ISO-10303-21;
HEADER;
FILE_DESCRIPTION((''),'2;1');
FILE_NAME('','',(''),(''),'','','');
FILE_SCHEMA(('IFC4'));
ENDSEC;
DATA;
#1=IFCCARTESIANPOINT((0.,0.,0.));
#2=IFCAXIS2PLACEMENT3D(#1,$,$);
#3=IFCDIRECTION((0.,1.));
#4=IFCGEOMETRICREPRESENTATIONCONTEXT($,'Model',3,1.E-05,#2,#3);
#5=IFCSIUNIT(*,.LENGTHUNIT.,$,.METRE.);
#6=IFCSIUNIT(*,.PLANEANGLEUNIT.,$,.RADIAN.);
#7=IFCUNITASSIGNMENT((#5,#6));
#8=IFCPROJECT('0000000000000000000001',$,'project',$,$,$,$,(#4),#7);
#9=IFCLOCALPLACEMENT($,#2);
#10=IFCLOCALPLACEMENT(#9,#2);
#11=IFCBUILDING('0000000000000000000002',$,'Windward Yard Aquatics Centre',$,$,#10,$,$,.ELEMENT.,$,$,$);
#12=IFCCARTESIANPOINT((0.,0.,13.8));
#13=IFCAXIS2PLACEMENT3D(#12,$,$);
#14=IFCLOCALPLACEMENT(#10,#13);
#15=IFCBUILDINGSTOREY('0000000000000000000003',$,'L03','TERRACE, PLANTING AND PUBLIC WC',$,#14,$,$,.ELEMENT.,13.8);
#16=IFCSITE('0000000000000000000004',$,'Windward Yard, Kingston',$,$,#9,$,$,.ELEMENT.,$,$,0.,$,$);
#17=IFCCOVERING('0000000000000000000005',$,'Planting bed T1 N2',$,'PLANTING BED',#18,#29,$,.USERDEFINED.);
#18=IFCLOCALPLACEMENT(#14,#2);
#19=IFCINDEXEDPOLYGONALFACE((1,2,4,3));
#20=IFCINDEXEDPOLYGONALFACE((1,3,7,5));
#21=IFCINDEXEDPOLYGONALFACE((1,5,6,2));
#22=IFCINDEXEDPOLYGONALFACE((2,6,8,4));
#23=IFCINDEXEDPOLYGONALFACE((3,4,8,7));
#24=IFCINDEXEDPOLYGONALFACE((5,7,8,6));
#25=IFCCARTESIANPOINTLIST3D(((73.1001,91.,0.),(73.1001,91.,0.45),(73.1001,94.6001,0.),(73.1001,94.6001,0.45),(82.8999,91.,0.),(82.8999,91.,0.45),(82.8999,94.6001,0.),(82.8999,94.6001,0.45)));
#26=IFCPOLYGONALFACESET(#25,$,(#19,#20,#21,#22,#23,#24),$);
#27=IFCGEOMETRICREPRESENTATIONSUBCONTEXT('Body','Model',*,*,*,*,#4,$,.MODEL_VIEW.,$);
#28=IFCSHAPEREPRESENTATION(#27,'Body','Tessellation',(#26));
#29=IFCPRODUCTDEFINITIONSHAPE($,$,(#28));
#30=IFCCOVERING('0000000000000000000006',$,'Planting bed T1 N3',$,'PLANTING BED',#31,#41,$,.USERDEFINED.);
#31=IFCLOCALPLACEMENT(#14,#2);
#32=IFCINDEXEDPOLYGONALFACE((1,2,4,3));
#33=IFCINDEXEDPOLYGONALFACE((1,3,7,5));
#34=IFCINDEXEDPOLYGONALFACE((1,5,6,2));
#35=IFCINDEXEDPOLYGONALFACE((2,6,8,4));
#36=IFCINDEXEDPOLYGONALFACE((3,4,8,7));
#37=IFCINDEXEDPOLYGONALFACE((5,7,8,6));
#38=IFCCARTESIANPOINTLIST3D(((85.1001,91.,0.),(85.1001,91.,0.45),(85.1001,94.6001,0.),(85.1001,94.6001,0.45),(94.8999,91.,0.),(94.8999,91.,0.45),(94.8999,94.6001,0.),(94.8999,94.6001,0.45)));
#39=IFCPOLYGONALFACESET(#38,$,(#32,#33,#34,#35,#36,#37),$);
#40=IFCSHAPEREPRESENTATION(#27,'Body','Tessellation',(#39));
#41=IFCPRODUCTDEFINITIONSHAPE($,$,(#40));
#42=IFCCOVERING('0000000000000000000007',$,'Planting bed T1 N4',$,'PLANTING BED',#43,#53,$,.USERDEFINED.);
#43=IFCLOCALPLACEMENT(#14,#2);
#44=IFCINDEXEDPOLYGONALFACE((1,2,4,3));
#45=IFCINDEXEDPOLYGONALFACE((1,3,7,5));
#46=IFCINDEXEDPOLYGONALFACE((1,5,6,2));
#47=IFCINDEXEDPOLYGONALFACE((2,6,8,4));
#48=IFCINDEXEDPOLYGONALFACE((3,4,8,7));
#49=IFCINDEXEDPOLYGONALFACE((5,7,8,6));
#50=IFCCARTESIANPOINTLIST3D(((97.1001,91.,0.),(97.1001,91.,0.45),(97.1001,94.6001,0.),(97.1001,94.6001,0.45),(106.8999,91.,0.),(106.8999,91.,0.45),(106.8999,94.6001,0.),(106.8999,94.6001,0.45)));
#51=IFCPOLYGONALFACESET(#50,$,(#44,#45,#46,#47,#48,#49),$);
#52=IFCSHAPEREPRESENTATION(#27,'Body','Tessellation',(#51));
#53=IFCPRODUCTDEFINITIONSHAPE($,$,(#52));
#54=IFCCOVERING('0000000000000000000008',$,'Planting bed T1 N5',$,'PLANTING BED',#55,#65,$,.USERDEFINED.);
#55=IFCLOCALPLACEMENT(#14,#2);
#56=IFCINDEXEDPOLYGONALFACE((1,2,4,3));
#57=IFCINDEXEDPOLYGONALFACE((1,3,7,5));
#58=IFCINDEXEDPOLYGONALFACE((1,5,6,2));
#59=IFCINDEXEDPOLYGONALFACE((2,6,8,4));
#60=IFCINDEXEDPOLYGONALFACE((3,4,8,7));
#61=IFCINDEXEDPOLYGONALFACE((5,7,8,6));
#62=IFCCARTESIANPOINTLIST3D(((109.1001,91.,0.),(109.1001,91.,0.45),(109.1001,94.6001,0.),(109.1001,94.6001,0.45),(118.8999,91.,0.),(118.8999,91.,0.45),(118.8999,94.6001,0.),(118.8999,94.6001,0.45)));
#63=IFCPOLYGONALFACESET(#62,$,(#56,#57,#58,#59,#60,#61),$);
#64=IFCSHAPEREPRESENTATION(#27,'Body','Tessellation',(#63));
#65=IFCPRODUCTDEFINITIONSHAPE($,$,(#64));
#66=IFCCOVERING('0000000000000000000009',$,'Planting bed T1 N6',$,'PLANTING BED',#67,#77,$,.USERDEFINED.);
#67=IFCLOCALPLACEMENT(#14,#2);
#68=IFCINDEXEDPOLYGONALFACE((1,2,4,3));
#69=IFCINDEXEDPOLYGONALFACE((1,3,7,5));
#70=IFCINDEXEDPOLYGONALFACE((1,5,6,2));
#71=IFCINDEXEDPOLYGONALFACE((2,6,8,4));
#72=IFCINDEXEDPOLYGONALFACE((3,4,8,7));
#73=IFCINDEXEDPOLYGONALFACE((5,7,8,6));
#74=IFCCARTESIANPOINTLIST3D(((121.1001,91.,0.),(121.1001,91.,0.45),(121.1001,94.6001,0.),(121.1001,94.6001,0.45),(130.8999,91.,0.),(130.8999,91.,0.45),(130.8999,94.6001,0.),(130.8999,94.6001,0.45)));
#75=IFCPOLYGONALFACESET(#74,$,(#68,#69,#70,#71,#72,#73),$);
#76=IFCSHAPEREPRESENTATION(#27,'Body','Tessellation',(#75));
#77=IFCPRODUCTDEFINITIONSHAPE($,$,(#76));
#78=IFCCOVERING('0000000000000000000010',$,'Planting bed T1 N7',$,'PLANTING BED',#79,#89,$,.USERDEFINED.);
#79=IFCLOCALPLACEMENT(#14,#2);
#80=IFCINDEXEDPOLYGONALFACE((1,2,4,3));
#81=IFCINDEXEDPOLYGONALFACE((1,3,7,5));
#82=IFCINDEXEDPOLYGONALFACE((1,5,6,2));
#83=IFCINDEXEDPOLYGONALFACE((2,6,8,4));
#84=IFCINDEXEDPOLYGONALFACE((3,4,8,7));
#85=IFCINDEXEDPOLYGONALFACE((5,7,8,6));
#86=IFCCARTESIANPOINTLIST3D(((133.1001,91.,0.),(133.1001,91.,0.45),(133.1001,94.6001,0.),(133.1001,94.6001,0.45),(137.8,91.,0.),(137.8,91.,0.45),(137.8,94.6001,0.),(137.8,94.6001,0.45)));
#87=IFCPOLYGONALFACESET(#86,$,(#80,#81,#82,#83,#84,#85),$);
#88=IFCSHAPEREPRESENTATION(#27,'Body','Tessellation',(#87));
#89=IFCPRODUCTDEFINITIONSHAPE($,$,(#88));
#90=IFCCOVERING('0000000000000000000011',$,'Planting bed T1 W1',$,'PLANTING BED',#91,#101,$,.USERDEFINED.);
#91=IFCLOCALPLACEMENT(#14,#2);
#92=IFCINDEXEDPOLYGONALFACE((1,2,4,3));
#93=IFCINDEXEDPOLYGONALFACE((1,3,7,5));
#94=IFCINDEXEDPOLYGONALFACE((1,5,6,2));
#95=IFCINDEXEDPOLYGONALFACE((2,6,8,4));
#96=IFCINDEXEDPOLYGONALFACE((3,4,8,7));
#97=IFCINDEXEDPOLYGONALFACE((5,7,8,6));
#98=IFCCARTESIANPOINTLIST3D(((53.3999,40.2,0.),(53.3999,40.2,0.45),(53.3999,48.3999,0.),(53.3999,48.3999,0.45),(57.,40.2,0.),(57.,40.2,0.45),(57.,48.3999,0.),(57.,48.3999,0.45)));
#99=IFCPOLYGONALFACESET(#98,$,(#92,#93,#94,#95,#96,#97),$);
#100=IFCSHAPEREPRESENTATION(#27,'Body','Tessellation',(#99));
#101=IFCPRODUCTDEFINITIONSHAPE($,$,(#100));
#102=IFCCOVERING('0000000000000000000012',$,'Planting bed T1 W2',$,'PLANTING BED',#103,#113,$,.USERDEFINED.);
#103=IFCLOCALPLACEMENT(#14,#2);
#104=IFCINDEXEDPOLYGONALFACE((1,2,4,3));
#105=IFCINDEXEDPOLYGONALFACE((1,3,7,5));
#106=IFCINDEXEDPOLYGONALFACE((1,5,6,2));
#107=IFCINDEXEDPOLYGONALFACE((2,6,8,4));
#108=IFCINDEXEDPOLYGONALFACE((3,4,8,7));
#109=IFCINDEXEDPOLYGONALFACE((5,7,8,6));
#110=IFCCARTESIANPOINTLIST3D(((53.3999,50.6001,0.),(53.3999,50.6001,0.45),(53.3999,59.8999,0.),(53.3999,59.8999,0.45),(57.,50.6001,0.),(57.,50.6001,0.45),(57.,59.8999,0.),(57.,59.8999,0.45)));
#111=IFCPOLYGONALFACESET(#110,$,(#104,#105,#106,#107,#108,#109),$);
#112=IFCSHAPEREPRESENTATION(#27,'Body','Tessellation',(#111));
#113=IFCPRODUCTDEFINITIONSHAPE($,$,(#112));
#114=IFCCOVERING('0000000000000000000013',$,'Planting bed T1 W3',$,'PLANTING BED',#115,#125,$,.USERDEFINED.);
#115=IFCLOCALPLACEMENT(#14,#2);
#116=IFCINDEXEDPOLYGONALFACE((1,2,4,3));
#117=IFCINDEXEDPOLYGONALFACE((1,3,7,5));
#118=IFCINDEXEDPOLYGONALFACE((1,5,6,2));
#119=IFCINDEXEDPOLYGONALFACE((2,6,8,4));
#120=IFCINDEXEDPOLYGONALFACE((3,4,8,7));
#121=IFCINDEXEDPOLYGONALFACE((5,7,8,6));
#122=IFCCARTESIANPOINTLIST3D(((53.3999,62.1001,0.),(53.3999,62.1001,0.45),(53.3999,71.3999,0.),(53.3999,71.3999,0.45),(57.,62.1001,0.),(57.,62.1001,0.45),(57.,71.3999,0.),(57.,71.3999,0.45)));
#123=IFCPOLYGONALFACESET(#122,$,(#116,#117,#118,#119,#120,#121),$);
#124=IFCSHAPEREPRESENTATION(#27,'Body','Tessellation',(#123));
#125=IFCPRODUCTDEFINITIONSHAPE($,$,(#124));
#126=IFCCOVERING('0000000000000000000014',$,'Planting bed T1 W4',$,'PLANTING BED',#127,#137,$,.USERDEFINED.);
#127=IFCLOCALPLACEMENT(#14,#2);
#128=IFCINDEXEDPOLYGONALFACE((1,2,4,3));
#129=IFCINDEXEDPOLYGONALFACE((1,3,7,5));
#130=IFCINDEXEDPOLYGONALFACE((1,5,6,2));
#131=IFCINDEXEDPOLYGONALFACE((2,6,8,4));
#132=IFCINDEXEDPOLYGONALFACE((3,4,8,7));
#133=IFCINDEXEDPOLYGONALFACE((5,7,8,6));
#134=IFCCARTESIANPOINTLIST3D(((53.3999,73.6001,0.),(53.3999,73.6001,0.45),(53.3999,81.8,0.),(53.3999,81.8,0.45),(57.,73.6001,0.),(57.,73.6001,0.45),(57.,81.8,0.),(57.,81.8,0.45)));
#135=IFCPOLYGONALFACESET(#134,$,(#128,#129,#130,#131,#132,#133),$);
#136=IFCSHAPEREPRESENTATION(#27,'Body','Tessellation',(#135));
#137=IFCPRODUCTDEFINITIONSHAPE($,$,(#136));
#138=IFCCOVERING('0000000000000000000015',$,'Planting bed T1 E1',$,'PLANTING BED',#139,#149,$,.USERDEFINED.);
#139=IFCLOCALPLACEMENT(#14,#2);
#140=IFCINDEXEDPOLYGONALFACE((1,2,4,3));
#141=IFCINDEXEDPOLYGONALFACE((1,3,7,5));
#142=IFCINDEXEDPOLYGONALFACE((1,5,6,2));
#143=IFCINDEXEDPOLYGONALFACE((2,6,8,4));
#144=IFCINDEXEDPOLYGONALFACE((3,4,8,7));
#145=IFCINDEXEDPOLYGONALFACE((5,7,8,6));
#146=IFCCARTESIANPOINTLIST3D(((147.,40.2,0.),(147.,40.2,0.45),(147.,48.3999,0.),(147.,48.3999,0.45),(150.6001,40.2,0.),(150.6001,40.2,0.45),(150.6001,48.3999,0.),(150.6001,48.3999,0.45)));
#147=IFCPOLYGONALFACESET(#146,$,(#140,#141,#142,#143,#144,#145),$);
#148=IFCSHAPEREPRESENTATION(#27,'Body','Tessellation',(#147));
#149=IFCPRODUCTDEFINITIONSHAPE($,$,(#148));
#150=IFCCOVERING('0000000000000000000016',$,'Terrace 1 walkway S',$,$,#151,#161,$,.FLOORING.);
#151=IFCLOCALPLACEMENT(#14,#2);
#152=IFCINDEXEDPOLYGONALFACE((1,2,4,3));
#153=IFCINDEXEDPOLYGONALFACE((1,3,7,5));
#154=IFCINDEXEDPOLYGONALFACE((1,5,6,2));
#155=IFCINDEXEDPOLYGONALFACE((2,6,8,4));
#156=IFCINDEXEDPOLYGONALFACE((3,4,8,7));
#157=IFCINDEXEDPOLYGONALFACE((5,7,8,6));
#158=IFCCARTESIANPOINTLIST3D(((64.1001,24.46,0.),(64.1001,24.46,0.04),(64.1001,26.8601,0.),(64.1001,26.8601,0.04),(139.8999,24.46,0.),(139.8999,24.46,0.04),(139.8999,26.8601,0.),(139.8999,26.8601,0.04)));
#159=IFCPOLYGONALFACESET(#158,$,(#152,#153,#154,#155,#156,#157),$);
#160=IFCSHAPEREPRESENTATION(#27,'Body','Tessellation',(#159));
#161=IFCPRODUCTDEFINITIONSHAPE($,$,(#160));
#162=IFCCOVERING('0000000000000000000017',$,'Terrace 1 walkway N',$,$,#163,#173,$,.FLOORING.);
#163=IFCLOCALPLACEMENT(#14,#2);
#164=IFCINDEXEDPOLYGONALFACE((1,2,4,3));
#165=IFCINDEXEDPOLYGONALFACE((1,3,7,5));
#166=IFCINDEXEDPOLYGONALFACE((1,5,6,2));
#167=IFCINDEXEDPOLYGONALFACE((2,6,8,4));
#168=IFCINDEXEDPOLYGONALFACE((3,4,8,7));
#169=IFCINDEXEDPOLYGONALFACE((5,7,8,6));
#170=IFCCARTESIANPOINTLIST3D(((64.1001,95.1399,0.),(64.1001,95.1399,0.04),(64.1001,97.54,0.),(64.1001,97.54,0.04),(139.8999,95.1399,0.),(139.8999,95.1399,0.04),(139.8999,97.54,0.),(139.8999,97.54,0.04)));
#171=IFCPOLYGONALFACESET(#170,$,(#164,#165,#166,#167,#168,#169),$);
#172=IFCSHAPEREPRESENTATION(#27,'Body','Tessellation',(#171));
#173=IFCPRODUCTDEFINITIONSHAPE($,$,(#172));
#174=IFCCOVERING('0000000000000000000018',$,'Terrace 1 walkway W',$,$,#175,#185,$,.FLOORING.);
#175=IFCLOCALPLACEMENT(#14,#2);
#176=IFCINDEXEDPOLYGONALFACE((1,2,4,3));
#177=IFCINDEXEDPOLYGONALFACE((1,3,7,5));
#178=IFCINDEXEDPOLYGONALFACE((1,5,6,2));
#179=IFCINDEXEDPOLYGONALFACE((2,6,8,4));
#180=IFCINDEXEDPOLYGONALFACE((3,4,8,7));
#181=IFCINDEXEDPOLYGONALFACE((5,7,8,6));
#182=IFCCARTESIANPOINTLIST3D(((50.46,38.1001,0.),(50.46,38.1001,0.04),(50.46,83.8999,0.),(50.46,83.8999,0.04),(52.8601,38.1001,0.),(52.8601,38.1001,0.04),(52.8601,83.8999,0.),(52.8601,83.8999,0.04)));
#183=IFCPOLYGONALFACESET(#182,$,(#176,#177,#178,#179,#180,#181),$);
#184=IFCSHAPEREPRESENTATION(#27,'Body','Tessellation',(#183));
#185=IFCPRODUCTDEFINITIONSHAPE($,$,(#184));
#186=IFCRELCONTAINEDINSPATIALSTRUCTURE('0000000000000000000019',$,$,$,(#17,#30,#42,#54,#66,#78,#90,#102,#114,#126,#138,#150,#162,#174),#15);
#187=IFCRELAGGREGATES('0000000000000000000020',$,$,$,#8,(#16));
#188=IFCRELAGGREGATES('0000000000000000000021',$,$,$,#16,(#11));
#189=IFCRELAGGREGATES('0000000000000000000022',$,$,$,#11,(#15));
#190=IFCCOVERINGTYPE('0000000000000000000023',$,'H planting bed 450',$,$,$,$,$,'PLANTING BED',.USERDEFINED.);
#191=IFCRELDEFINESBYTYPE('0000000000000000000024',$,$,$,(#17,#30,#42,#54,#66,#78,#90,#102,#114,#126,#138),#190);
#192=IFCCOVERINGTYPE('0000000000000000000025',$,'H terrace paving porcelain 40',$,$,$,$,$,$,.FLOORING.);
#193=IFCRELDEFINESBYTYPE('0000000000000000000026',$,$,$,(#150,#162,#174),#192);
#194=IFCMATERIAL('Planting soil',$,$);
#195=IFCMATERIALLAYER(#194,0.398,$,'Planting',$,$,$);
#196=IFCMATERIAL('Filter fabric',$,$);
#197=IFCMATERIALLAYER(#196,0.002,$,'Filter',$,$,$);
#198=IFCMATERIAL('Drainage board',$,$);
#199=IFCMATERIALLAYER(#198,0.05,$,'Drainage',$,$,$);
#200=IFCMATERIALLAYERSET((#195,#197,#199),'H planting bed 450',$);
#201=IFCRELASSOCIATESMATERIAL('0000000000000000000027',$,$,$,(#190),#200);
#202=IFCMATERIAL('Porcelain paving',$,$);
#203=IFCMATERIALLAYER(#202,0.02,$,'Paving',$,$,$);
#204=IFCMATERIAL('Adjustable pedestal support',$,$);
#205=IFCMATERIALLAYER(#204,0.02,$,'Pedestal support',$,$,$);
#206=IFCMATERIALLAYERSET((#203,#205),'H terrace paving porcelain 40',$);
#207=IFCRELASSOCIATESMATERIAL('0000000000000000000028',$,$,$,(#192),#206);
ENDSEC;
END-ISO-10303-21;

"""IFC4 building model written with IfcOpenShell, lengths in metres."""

from ifc_helpers import new_model, si_unit, direction, frame, origin, place, context, subcontext, project, spatial, polyline, outline, extrude, material, layer, layer_set, type_object, element, save


model = new_model("IFC4")

# Units and contexts
model_context = context("Model", 3, precision=1e-05, world=origin(), true_north=direction((0.0, 1.0)))
body_context = subcontext(model_context, "Body", "Model", "MODEL_VIEW")
ifc_project = project(units=[si_unit("LENGTHUNIT", "METRE"), si_unit("PLANEANGLEUNIT", "RADIAN")], contexts=[model_context])

# Site, building, storey
site_placement = place(None, origin())
site = spatial("IfcSite", under=ifc_project, at=site_placement, Name="Windward Yard, Kingston", CompositionType="ELEMENT", RefElevation=0.0)
building_placement = place(site_placement, origin())
building = spatial("IfcBuilding", under=site, at=building_placement, Name="Windward Yard Aquatics Centre", CompositionType="ELEMENT")
storey_placement = place(building_placement, frame((0.0, 0.0, 13.8)))
storey = spatial("IfcBuildingStorey", under=building, at=storey_placement, Name="L03", Description="TERRACE, PLANTING AND PUBLIC WC", CompositionType="ELEMENT", Elevation=13.8)

# Coverings
ifc_material_1 = material(Name="Planting soil")
ifc_layer_1 = layer(ifc_material_1, 0.398, Name="Planting")
ifc_material_2 = material(Name="Filter fabric")
ifc_layer_2 = layer(ifc_material_2, 0.002, Name="Filter")
ifc_material_3 = material(Name="Drainage board")
ifc_layer_3 = layer(ifc_material_3, 0.05, Name="Drainage")
ifc_layer_set_1 = layer_set([ifc_layer_1, ifc_layer_2, ifc_layer_3], Name="H planting bed 450")
covering_type_1 = type_object("IfcCoveringType", Name="H planting bed 450", ElementType="PLANTING BED", PredefinedType="USERDEFINED", material=ifc_layer_set_1)
covering_1_placement = place(storey_placement, origin())
element("IfcCovering", 1, at=covering_1_placement, inside=storey, type_object=covering_type_1, Name="Planting bed T1 N2", ObjectType="PLANTING BED", PredefinedType="USERDEFINED", context=body_context, shape_type="SweptSolid", body=[
    extrude(outline(polyline([(73.1001, 91.0), (82.8999, 91.0), (82.8999, 94.6001), (73.1001, 94.6001), (73.1001, 91.0)])), origin(), (0.0, 0.0, 1.0), 0.45),
])
covering_2_placement = place(storey_placement, origin())
element("IfcCovering", 2, at=covering_2_placement, inside=storey, type_object=covering_type_1, Name="Planting bed T1 N3", ObjectType="PLANTING BED", PredefinedType="USERDEFINED", context=body_context, shape_type="SweptSolid", body=[
    extrude(outline(polyline([(85.1001, 91.0), (94.8999, 91.0), (94.8999, 94.6001), (85.1001, 94.6001), (85.1001, 91.0)])), origin(), (0.0, 0.0, 1.0), 0.45),
])
covering_3_placement = place(storey_placement, origin())
element("IfcCovering", 3, at=covering_3_placement, inside=storey, type_object=covering_type_1, Name="Planting bed T1 N4", ObjectType="PLANTING BED", PredefinedType="USERDEFINED", context=body_context, shape_type="SweptSolid", body=[
    extrude(outline(polyline([(97.1001, 91.0), (106.8999, 91.0), (106.8999, 94.6001), (97.1001, 94.6001), (97.1001, 91.0)])), origin(), (0.0, 0.0, 1.0), 0.45),
])
covering_4_placement = place(storey_placement, origin())
element("IfcCovering", 4, at=covering_4_placement, inside=storey, type_object=covering_type_1, Name="Planting bed T1 N5", ObjectType="PLANTING BED", PredefinedType="USERDEFINED", context=body_context, shape_type="SweptSolid", body=[
    extrude(outline(polyline([(109.1001, 91.0), (118.8999, 91.0), (118.8999, 94.6001), (109.1001, 94.6001), (109.1001, 91.0)])), origin(), (0.0, 0.0, 1.0), 0.45),
])
covering_5_placement = place(storey_placement, origin())
element("IfcCovering", 5, at=covering_5_placement, inside=storey, type_object=covering_type_1, Name="Planting bed T1 N6", ObjectType="PLANTING BED", PredefinedType="USERDEFINED", context=body_context, shape_type="SweptSolid", body=[
    extrude(outline(polyline([(121.1001, 91.0), (130.8999, 91.0), (130.8999, 94.6001), (121.1001, 94.6001), (121.1001, 91.0)])), origin(), (0.0, 0.0, 1.0), 0.45),
])
covering_6_placement = place(storey_placement, origin())
element("IfcCovering", 6, at=covering_6_placement, inside=storey, type_object=covering_type_1, Name="Planting bed T1 N7", ObjectType="PLANTING BED", PredefinedType="USERDEFINED", context=body_context, shape_type="SweptSolid", body=[
    extrude(outline(polyline([(133.1001, 91.0), (137.8, 91.0), (137.8, 94.6001), (133.1001, 94.6001), (133.1001, 91.0)])), origin(), (0.0, 0.0, 1.0), 0.45),
])
covering_7_placement = place(storey_placement, origin())
element("IfcCovering", 7, at=covering_7_placement, inside=storey, type_object=covering_type_1, Name="Planting bed T1 W1", ObjectType="PLANTING BED", PredefinedType="USERDEFINED", context=body_context, shape_type="SweptSolid", body=[
    extrude(outline(polyline([(53.3999, 40.2), (57.0, 40.2), (57.0, 48.3999), (53.3999, 48.3999), (53.3999, 40.2)])), origin(), (0.0, 0.0, 1.0), 0.45),
])
covering_8_placement = place(storey_placement, origin())
element("IfcCovering", 8, at=covering_8_placement, inside=storey, type_object=covering_type_1, Name="Planting bed T1 W2", ObjectType="PLANTING BED", PredefinedType="USERDEFINED", context=body_context, shape_type="SweptSolid", body=[
    extrude(outline(polyline([(53.3999, 50.6001), (57.0, 50.6001), (57.0, 59.8999), (53.3999, 59.8999), (53.3999, 50.6001)])), origin(), (0.0, 0.0, 1.0), 0.45),
])
covering_9_placement = place(storey_placement, origin())
element("IfcCovering", 9, at=covering_9_placement, inside=storey, type_object=covering_type_1, Name="Planting bed T1 W3", ObjectType="PLANTING BED", PredefinedType="USERDEFINED", context=body_context, shape_type="SweptSolid", body=[
    extrude(outline(polyline([(53.3999, 62.1001), (57.0, 62.1001), (57.0, 71.3999), (53.3999, 71.3999), (53.3999, 62.1001)])), origin(), (0.0, 0.0, 1.0), 0.45),
])
covering_10_placement = place(storey_placement, origin())
element("IfcCovering", 10, at=covering_10_placement, inside=storey, type_object=covering_type_1, Name="Planting bed T1 W4", ObjectType="PLANTING BED", PredefinedType="USERDEFINED", context=body_context, shape_type="SweptSolid", body=[
    extrude(outline(polyline([(53.3999, 73.6001), (57.0, 73.6001), (57.0, 81.8), (53.3999, 81.8), (53.3999, 73.6001)])), origin(), (0.0, 0.0, 1.0), 0.45),
])
covering_11_placement = place(storey_placement, origin())
element("IfcCovering", 11, at=covering_11_placement, inside=storey, type_object=covering_type_1, Name="Planting bed T1 E1", ObjectType="PLANTING BED", PredefinedType="USERDEFINED", context=body_context, shape_type="SweptSolid", body=[
    extrude(outline(polyline([(147.0, 40.2), (150.6001, 40.2), (150.6001, 48.3999), (147.0, 48.3999), (147.0, 40.2)])), origin(), (0.0, 0.0, 1.0), 0.45),
])
ifc_material_4 = material(Name="Porcelain paving")
ifc_layer_4 = layer(ifc_material_4, 0.02, Name="Paving")
ifc_material_5 = material(Name="Adjustable pedestal support")
ifc_layer_5 = layer(ifc_material_5, 0.02, Name="Pedestal support")
ifc_layer_set_2 = layer_set([ifc_layer_4, ifc_layer_5], Name="H terrace paving porcelain 40")
covering_type_2 = type_object("IfcCoveringType", Name="H terrace paving porcelain 40", PredefinedType="FLOORING", material=ifc_layer_set_2)
covering_12_placement = place(storey_placement, origin())
element("IfcCovering", 12, at=covering_12_placement, inside=storey, type_object=covering_type_2, Name="Terrace 1 walkway S", PredefinedType="FLOORING", context=body_context, shape_type="SweptSolid", body=[
    extrude(outline(polyline([(64.1001, 24.46), (139.8999, 24.46), (139.8999, 26.8601), (64.1001, 26.8601), (64.1001, 24.46)])), origin(), (0.0, 0.0, 1.0), 0.04),
])
covering_13_placement = place(storey_placement, origin())
element("IfcCovering", 13, at=covering_13_placement, inside=storey, type_object=covering_type_2, Name="Terrace 1 walkway N", PredefinedType="FLOORING", context=body_context, shape_type="SweptSolid", body=[
    extrude(outline(polyline([(64.1001, 95.1399), (139.8999, 95.1399), (139.8999, 97.54), (64.1001, 97.54), (64.1001, 95.1399)])), origin(), (0.0, 0.0, 1.0), 0.04),
])
covering_14_placement = place(storey_placement, origin())
element("IfcCovering", 14, at=covering_14_placement, inside=storey, type_object=covering_type_2, Name="Terrace 1 walkway W", PredefinedType="FLOORING", context=body_context, shape_type="SweptSolid", body=[
    extrude(outline(polyline([(50.46, 38.1001), (52.8601, 38.1001), (52.8601, 83.8999), (50.46, 83.8999), (50.46, 38.1001)])), origin(), (0.0, 0.0, 1.0), 0.04),
])

save(model, "model.ifc")
